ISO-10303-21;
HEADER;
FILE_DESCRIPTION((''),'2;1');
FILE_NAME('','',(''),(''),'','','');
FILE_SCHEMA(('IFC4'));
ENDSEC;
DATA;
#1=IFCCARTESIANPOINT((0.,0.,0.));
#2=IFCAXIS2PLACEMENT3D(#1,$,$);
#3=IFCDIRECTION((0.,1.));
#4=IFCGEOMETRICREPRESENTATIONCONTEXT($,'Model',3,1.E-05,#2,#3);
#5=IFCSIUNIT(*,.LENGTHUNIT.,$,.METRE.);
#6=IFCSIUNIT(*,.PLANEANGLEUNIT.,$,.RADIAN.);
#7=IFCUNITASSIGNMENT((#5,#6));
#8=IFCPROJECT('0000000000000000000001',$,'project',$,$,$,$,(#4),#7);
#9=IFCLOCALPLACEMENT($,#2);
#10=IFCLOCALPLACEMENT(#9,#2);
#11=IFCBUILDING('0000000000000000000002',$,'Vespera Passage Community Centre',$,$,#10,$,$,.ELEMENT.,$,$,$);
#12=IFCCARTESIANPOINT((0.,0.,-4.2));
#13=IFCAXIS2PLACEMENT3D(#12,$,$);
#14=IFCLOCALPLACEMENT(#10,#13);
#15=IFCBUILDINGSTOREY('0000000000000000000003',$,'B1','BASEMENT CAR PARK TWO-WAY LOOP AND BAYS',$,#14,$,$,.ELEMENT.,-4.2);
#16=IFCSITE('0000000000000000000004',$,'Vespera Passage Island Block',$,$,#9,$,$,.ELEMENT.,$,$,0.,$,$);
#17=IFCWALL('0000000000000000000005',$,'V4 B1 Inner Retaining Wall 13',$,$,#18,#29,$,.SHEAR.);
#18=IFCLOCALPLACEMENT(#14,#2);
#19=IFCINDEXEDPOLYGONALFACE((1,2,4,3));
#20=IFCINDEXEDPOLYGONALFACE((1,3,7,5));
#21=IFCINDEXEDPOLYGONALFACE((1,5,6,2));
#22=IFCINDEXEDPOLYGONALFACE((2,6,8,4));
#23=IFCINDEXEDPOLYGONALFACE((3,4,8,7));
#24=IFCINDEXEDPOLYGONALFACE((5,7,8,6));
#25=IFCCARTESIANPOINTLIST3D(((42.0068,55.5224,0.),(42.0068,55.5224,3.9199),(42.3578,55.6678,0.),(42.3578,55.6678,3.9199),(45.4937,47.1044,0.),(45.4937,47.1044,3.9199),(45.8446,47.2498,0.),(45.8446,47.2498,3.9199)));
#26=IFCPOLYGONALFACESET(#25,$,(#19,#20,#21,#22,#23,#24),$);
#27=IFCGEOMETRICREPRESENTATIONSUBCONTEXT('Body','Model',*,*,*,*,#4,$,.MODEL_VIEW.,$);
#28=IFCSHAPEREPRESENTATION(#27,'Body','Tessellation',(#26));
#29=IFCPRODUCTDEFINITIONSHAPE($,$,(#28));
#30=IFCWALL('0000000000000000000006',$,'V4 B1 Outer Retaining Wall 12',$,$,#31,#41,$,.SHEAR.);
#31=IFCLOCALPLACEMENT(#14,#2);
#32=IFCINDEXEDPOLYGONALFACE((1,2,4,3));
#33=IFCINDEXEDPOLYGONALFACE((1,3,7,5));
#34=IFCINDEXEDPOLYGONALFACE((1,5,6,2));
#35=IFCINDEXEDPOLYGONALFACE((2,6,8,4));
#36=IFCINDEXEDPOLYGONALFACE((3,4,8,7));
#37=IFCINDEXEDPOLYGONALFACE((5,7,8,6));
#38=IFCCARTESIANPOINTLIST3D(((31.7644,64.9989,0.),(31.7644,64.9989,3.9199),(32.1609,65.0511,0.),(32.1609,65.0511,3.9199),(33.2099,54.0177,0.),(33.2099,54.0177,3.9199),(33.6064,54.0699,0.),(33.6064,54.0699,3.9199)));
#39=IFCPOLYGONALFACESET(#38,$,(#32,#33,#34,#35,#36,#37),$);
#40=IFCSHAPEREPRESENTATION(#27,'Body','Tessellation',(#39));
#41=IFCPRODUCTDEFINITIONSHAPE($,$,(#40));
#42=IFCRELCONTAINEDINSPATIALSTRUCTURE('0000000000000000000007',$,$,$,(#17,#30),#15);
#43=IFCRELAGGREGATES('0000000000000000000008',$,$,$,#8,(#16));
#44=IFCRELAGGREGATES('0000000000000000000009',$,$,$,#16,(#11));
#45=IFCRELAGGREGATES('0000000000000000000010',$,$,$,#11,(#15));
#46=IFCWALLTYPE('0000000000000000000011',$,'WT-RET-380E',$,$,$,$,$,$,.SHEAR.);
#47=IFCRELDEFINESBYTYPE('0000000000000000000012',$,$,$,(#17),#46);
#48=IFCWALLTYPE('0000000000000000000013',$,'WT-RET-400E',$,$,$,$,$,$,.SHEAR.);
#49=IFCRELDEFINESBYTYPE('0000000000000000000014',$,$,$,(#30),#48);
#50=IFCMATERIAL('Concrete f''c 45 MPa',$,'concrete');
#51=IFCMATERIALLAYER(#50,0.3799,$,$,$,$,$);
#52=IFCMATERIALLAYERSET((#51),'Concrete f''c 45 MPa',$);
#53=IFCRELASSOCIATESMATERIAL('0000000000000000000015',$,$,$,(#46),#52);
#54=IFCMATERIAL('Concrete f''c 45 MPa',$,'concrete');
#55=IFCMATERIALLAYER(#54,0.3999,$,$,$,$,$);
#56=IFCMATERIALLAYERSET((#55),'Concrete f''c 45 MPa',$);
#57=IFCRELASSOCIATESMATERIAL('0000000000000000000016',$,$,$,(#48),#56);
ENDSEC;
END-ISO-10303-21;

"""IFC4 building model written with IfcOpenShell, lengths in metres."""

from ifc_helpers import new_model, si_unit, direction, frame, frame_2d, origin, place, context, subcontext, project, spatial, rectangle, extrude, material, layer, layer_set, type_object, element, save


model = new_model("IFC4")

# Units and contexts
model_context = context("Model", 3, precision=1e-05, world=origin(), true_north=direction((0.0, 1.0)))
body_context = subcontext(model_context, "Body", "Model", "MODEL_VIEW")
ifc_project = project(units=[si_unit("LENGTHUNIT", "METRE"), si_unit("PLANEANGLEUNIT", "RADIAN")], contexts=[model_context])

# Site, building, storey
site_placement = place(None, origin())
site = spatial("IfcSite", under=ifc_project, at=site_placement, Name="Vespera Passage Island Block", CompositionType="ELEMENT", RefElevation=0.0)
building_placement = place(site_placement, origin())
building = spatial("IfcBuilding", under=site, at=building_placement, Name="Vespera Passage Community Centre", CompositionType="ELEMENT")
storey_placement = place(building_placement, frame((0.0, 0.0, -4.2)))
storey = spatial("IfcBuildingStorey", under=building, at=storey_placement, Name="B1", Description="BASEMENT CAR PARK TWO-WAY LOOP AND BAYS", CompositionType="ELEMENT", Elevation=-4.2)

# Walls
ifc_material_1 = material(Name="Concrete f'c 45 MPa", Category="concrete")
ifc_layer_1 = layer(ifc_material_1, 0.3799)
ifc_layer_set_1 = layer_set([ifc_layer_1], Name="Concrete f'c 45 MPa")
wall_type_1 = type_object("IfcWallType", Name="WT-RET-380E", PredefinedType="SHEAR", material=ifc_layer_set_1)
wall_1_placement = place(storey_placement, frame((42.1824, 55.595, 0.0), z_axis=(0.0, 0.0, 1.0), x_axis=(0.382682, -0.92388, 0.0)))
element("IfcWall", 1, at=wall_1_placement, inside=storey, type_object=wall_type_1, Name="V4 B1 Inner Retaining Wall 13", PredefinedType="SHEAR", context=body_context, shape_type="SweptSolid", body=[
    extrude(rectangle(XDim=9.1116, YDim=0.3799, at=frame_2d((4.5557, 0.0))), origin(), (0.0, 0.0, 1.0), 3.9199),
])
ifc_material_2 = material(Name="Concrete f'c 45 MPa", Category="concrete")
ifc_layer_2 = layer(ifc_material_2, 0.3999)
ifc_layer_set_2 = layer_set([ifc_layer_2], Name="Concrete f'c 45 MPa")
wall_type_2 = type_object("IfcWallType", Name="WT-RET-400E", PredefinedType="SHEAR", material=ifc_layer_set_2)
wall_2_placement = place(storey_placement, frame((33.4082, 54.0437, 0.0), z_axis=(0.0, 0.0, 1.0), x_axis=(-0.130513, 0.991447, 0.0)))
element("IfcWall", 2, at=wall_2_placement, inside=storey, type_object=wall_type_2, Name="V4 B1 Outer Retaining Wall 12", PredefinedType="SHEAR", context=body_context, shape_type="SweptSolid", body=[
    extrude(rectangle(XDim=11.0759, YDim=0.3999, at=frame_2d((5.5381, 0.0))), origin(), (0.0, 0.0, 1.0), 3.9199),
])

save(model, "model.ifc")
